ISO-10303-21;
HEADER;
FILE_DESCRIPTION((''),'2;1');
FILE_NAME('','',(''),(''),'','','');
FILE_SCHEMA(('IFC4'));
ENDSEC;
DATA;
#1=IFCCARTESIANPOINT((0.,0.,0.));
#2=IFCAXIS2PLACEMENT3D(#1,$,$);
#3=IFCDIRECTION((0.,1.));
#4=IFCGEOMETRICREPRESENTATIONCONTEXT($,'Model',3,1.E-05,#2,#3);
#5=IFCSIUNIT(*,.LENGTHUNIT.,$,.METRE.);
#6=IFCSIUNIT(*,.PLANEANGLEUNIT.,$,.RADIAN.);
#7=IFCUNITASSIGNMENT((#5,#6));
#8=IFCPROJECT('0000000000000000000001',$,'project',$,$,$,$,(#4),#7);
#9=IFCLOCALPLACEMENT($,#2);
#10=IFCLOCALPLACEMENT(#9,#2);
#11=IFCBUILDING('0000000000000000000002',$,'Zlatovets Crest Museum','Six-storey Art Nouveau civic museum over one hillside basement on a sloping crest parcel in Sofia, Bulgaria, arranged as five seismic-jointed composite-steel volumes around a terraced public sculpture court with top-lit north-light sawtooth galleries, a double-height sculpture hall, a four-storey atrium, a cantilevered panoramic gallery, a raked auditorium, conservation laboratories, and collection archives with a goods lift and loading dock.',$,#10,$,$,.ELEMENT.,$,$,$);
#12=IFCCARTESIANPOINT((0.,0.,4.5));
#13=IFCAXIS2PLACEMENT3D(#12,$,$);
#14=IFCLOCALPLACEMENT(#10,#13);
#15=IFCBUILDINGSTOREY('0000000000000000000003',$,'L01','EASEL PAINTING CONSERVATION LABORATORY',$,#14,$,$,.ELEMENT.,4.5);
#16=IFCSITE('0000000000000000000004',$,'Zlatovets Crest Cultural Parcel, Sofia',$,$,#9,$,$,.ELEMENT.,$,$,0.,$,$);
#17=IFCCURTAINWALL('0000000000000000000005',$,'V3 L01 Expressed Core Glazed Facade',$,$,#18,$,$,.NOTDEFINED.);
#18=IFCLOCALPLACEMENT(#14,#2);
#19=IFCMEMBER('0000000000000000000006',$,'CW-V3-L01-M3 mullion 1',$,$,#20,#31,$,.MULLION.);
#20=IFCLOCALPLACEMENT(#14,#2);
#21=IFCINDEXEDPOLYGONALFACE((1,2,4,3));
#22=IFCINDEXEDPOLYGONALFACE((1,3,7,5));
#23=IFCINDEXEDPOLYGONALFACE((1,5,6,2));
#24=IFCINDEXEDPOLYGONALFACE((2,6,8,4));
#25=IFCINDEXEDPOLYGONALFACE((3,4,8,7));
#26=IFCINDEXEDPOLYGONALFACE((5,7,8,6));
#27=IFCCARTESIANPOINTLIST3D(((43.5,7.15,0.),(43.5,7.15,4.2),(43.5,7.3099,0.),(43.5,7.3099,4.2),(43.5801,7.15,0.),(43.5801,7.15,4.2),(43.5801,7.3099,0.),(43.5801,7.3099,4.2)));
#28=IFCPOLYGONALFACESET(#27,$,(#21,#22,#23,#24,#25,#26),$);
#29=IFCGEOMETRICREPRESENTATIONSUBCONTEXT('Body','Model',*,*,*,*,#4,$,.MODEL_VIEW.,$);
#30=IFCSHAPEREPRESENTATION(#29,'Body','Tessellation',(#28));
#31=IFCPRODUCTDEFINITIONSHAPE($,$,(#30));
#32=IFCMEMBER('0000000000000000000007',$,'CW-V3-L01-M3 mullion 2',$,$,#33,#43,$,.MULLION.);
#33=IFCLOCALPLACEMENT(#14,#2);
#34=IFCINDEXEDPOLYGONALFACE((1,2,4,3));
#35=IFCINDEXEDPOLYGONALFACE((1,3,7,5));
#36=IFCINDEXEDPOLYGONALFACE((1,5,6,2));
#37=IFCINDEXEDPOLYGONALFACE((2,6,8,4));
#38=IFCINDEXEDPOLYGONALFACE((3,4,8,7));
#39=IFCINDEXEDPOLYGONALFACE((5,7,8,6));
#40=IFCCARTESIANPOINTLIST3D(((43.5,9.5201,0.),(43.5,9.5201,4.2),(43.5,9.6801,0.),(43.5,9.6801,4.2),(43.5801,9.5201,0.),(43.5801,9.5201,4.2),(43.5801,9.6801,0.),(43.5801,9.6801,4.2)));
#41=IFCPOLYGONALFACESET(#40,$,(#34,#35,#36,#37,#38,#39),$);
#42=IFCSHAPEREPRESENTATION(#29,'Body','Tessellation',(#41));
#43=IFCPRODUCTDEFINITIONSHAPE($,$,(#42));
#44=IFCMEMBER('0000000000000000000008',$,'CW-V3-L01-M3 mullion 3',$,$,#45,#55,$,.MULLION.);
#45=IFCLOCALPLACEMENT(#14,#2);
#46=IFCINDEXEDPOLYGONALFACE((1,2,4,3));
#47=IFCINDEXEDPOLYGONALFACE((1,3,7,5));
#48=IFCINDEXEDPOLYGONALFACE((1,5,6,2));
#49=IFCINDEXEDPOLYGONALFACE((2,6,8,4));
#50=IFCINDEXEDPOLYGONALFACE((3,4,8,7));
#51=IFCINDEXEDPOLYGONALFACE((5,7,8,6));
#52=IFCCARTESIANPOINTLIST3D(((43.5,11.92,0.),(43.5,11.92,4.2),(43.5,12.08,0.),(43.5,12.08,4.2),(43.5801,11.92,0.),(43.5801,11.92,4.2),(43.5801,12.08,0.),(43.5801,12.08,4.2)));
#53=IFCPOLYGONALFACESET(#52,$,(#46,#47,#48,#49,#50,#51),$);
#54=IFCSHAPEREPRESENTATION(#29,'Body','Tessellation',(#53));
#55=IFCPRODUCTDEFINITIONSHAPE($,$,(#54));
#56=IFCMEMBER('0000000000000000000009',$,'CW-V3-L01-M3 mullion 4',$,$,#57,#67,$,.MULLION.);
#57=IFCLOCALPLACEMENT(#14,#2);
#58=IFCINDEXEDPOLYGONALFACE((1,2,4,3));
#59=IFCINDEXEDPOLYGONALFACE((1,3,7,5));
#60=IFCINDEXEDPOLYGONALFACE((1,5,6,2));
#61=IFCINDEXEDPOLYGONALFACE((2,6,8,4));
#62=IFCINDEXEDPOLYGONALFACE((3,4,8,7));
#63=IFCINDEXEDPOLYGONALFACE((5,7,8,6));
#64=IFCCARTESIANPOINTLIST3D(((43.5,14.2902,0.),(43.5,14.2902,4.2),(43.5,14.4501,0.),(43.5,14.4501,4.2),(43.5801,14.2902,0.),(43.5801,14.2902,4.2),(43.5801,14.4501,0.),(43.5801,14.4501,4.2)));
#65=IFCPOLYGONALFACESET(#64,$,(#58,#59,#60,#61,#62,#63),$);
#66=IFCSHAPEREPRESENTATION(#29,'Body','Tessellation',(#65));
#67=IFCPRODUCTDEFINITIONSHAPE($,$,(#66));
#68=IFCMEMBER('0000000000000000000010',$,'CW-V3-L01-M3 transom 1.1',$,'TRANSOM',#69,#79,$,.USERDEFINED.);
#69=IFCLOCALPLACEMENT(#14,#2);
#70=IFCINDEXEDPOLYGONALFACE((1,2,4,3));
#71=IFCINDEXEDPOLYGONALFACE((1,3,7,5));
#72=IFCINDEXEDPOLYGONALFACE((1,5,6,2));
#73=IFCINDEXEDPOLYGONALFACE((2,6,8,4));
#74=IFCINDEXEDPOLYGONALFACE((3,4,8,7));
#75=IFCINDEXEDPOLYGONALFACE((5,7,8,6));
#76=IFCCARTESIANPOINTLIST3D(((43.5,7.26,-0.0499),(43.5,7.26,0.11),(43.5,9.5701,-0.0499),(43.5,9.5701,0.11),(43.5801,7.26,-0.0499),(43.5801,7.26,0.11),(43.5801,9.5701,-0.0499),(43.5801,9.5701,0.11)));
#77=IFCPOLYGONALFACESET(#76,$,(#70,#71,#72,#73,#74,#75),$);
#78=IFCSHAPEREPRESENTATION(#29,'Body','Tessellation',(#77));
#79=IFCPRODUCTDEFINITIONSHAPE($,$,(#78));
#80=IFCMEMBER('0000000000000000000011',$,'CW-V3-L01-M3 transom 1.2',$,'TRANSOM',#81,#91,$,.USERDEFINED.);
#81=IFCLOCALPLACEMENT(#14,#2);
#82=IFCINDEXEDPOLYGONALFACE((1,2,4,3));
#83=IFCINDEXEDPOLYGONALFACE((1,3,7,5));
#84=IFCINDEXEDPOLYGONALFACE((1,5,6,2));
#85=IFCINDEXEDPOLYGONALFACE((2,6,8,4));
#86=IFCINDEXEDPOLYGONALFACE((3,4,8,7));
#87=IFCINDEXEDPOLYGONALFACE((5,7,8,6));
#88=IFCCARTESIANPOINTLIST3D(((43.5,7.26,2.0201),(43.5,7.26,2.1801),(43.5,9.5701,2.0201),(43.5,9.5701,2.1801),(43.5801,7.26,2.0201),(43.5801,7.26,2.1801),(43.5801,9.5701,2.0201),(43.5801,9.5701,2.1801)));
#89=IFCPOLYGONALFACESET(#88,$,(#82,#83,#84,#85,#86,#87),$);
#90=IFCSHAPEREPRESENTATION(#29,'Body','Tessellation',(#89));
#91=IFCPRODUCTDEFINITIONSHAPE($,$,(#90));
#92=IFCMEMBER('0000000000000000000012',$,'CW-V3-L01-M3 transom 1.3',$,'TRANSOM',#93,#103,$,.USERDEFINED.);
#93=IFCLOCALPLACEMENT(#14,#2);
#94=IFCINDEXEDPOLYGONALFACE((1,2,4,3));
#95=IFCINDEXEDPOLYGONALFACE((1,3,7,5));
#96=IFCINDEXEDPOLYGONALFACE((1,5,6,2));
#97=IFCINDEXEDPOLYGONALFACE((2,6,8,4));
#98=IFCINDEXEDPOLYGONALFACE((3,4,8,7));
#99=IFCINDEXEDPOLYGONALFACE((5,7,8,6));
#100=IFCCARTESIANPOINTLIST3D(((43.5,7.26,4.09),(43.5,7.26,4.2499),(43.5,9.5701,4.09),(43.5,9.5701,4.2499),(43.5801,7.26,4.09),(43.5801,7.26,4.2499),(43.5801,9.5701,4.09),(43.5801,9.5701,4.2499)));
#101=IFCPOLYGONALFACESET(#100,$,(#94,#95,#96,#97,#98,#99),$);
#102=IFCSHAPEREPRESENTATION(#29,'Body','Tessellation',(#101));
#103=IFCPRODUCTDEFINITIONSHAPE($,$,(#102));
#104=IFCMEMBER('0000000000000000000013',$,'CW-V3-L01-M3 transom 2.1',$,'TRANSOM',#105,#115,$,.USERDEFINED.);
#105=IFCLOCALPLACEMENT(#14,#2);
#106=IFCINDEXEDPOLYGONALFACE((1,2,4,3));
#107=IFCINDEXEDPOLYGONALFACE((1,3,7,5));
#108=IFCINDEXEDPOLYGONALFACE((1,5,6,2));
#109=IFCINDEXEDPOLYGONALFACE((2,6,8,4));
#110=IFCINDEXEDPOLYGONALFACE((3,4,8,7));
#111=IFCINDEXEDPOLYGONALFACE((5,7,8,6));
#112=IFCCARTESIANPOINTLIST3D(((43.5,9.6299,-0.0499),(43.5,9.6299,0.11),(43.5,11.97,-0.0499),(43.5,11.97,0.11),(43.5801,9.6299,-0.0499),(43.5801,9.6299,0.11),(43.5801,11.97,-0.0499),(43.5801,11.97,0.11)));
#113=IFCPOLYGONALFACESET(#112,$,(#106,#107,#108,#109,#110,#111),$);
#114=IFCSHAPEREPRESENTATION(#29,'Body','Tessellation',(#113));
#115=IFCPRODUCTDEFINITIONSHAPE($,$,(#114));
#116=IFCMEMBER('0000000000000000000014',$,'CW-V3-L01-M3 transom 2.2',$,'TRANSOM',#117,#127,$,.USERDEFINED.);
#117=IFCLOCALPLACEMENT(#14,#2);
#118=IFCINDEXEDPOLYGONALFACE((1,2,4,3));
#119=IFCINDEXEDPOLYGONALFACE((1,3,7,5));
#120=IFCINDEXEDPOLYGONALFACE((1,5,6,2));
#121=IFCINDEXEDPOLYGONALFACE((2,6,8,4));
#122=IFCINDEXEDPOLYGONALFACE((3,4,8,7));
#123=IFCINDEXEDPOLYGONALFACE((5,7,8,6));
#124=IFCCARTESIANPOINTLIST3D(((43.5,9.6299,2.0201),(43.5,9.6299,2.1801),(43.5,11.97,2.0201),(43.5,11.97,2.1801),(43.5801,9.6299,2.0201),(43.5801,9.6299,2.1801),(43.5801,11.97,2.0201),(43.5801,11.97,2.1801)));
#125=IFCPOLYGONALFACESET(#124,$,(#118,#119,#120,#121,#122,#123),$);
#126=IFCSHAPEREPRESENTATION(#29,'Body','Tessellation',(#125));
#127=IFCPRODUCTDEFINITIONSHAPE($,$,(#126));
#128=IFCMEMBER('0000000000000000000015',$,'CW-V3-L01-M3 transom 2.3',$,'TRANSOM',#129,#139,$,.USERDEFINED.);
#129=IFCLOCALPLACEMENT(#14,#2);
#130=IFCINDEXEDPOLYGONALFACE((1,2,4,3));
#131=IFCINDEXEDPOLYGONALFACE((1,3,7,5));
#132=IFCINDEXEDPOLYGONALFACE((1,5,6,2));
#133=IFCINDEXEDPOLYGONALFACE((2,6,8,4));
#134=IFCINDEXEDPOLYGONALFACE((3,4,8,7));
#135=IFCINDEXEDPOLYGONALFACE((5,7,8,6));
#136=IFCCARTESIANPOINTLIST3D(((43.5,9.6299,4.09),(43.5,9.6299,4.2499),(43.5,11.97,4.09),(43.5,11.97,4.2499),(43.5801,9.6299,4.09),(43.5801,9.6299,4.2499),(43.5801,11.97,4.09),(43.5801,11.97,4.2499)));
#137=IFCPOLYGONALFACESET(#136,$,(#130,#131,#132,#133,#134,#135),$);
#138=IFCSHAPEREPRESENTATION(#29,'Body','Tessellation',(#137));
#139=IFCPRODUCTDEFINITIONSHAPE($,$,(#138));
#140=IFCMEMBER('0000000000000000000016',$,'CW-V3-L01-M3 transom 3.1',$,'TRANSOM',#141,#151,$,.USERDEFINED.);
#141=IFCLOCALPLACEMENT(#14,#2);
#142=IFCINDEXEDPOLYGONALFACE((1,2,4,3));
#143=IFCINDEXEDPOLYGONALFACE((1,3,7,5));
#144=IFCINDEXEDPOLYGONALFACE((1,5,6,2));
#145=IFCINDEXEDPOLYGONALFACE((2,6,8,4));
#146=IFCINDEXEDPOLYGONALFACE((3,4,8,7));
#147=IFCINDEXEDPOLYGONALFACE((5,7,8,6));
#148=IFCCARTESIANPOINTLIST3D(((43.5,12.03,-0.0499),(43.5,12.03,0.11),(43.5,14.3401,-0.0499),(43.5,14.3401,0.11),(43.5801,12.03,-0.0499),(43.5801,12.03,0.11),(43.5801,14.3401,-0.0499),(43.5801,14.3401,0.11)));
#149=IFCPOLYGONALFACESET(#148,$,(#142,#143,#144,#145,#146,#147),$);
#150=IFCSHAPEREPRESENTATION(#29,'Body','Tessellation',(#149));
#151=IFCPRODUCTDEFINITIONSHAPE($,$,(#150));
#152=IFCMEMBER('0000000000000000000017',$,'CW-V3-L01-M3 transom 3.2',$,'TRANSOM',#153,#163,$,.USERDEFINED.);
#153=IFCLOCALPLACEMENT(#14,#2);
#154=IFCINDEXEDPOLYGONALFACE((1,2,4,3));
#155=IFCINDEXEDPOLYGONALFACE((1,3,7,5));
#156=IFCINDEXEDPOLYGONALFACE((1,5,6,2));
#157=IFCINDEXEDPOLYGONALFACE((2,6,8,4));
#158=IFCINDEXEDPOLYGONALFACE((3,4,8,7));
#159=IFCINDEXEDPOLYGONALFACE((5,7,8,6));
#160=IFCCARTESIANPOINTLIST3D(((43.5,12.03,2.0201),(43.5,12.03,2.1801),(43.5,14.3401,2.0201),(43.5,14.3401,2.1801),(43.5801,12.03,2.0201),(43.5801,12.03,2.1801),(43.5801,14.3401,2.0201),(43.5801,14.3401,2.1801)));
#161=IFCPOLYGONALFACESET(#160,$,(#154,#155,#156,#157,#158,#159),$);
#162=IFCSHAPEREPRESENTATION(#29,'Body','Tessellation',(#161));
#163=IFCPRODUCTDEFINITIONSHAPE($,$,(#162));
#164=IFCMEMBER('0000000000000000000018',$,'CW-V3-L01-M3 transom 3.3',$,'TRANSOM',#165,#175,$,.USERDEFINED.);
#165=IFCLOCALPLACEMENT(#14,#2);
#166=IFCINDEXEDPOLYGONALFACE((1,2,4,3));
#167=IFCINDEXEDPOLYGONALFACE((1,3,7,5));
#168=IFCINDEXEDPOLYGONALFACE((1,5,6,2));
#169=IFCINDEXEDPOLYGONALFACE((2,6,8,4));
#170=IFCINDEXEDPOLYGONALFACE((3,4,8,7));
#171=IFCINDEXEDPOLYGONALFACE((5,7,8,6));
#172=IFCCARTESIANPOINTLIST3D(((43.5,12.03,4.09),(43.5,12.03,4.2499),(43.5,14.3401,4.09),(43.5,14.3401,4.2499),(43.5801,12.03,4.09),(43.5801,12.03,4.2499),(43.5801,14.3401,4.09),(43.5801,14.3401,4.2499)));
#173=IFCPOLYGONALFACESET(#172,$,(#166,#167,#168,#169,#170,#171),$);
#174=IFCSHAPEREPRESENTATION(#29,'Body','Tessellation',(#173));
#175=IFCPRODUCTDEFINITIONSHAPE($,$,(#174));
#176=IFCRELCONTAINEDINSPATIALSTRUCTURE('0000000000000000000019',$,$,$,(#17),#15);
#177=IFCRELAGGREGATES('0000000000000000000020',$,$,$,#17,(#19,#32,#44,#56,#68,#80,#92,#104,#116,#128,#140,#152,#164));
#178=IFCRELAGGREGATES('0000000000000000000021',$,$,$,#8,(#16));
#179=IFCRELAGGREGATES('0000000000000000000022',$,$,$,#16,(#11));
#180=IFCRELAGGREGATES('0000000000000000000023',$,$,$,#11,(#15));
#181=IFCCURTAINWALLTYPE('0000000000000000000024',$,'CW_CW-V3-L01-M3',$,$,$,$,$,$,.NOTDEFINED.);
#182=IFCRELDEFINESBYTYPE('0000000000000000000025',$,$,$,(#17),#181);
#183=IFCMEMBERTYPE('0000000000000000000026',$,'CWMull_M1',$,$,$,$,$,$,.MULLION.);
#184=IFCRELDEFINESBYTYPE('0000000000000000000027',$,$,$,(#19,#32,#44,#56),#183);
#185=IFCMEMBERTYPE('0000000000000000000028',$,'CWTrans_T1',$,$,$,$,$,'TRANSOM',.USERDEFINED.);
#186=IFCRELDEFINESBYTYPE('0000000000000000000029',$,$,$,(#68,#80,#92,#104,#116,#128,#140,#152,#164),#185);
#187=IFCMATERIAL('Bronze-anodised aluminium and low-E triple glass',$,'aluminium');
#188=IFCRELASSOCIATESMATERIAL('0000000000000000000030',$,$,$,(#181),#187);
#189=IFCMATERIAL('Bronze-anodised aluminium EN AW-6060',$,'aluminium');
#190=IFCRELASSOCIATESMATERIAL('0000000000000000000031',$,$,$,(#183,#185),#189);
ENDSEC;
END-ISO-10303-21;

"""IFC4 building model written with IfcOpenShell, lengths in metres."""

from ifc_helpers import new_model, si_unit, direction, frame, origin, origin_2d, place, context, subcontext, project, spatial, rectangle, extrude, material, material_profile, profile_set, type_object, element, aggregate, save


model = new_model("IFC4")

# Units and contexts
model_context = context("Model", 3, precision=1e-05, world=origin(), true_north=direction((0.0, 1.0)))
body_context = subcontext(model_context, "Body", "Model", "MODEL_VIEW")
ifc_project = project(units=[si_unit("LENGTHUNIT", "METRE"), si_unit("PLANEANGLEUNIT", "RADIAN")], contexts=[model_context])

# Site, building, storey
site_placement = place(None, origin())
site = spatial("IfcSite", under=ifc_project, at=site_placement, Name="Zlatovets Crest Cultural Parcel, Sofia", CompositionType="ELEMENT", RefElevation=0.0)
building_placement = place(site_placement, origin())
building = spatial("IfcBuilding", under=site, at=building_placement, Name="Zlatovets Crest Museum", Description="Six-storey Art Nouveau civic museum over one hillside basement on a sloping crest parcel in Sofia, Bulgaria, arranged as five seismic-jointed composite-steel volumes around a terraced public sculpture court with top-lit north-light sawtooth galleries, a double-height sculpture hall, a four-storey atrium, a cantilevered panoramic gallery, a raked auditorium, conservation laboratories, and collection archives with a goods lift and loading dock.", CompositionType="ELEMENT")
storey_placement = place(building_placement, frame((0.0, 0.0, 4.5)))
storey = spatial("IfcBuildingStorey", under=building, at=storey_placement, Name="L01", Description="EASEL PAINTING CONSERVATION LABORATORY", CompositionType="ELEMENT", Elevation=4.5)

# Curtain wall, members
ifc_material_1 = material(Name="Bronze-anodised aluminium and low-E triple glass", Category="aluminium")
curtain_wall_type = type_object("IfcCurtainWallType", Name="CW_CW-V3-L01-M3", PredefinedType="NOTDEFINED", material=ifc_material_1)
curtain_wall_placement = place(storey_placement, origin())
curtain_wall = element("IfcCurtainWall", 1, at=curtain_wall_placement, inside=storey, type_object=curtain_wall_type, Name="V3 L01 Expressed Core Glazed Facade", PredefinedType="NOTDEFINED")
ifc_material_2 = material(Name="Bronze-anodised aluminium EN AW-6060", Category="aluminium")
ifc_material_profile_1 = material_profile(ifc_material_2, rectangle(XDim=0.0801, YDim=0.1599, at=origin_2d()), Name="ALU 80x160")
ifc_profile_set_1 = profile_set([ifc_material_profile_1], Name="Bronze-anodised aluminium EN AW-6060")
member_type_1 = type_object("IfcMemberType", Name="CWMull_M1", PredefinedType="MULLION", material=ifc_profile_set_1)
member_1_placement = place(storey_placement, frame((43.54, 7.23, 0.0), z_axis=(0.0, 0.0, 1.0), x_axis=(-1.0, 0.0, 0.0)))
member_1 = element("IfcMember", 2, at=member_1_placement, type_object=member_type_1, Name="CW-V3-L01-M3 mullion 1", PredefinedType="MULLION", context=body_context, shape_type="SweptSolid", body=[
    extrude(rectangle(XDim=0.0801, YDim=0.1599, at=origin_2d()), origin(), (0.0, 0.0, 1.0), 4.2),
])
member_2_placement = place(storey_placement, frame((43.54, 9.6001, 0.0), z_axis=(0.0, 0.0, 1.0), x_axis=(-1.0, 0.0, 0.0)))
member_2 = element("IfcMember", 3, at=member_2_placement, type_object=member_type_1, Name="CW-V3-L01-M3 mullion 2", PredefinedType="MULLION", context=body_context, shape_type="SweptSolid", body=[
    extrude(rectangle(XDim=0.0801, YDim=0.1599, at=origin_2d()), origin(), (0.0, 0.0, 1.0), 4.2),
])
member_3_placement = place(storey_placement, frame((43.54, 12.0, 0.0), z_axis=(0.0, 0.0, 1.0), x_axis=(-1.0, 0.0, 0.0)))
member_3 = element("IfcMember", 4, at=member_3_placement, type_object=member_type_1, Name="CW-V3-L01-M3 mullion 3", PredefinedType="MULLION", context=body_context, shape_type="SweptSolid", body=[
    extrude(rectangle(XDim=0.0801, YDim=0.1599, at=origin_2d()), origin(), (0.0, 0.0, 1.0), 4.2),
])
member_4_placement = place(storey_placement, frame((43.54, 14.3701, 0.0), z_axis=(0.0, 0.0, 1.0), x_axis=(-1.0, 0.0, 0.0)))
member_4 = element("IfcMember", 5, at=member_4_placement, type_object=member_type_1, Name="CW-V3-L01-M3 mullion 4", PredefinedType="MULLION", context=body_context, shape_type="SweptSolid", body=[
    extrude(rectangle(XDim=0.0801, YDim=0.1599, at=origin_2d()), origin(), (0.0, 0.0, 1.0), 4.2),
])
ifc_material_profile_2 = material_profile(ifc_material_2, rectangle(XDim=0.0801, YDim=0.1599, at=origin_2d()), Name="ALU 80x160")
ifc_profile_set_2 = profile_set([ifc_material_profile_2], Name="Bronze-anodised aluminium EN AW-6060")
member_type_2 = type_object("IfcMemberType", Name="CWTrans_T1", ElementType="TRANSOM", PredefinedType="USERDEFINED", material=ifc_profile_set_2)
member_5_placement = place(storey_placement, frame((43.54, 7.26, 0.03), z_axis=(0.0, 1.0, 0.0), x_axis=(-1.0, 0.0, 0.0)))
member_5 = element("IfcMember", 6, at=member_5_placement, type_object=member_type_2, Name="CW-V3-L01-M3 transom 1.1", ObjectType="TRANSOM", PredefinedType="USERDEFINED", context=body_context, shape_type="SweptSolid", body=[
    extrude(rectangle(XDim=0.0801, YDim=0.1599, at=origin_2d()), origin(), (0.0, 0.0, 1.0), 2.3101),
])
member_6_placement = place(storey_placement, frame((43.54, 7.26, 2.1001), z_axis=(0.0, 1.0, 0.0), x_axis=(-1.0, 0.0, 0.0)))
member_6 = element("IfcMember", 7, at=member_6_placement, type_object=member_type_2, Name="CW-V3-L01-M3 transom 1.2", ObjectType="TRANSOM", PredefinedType="USERDEFINED", context=body_context, shape_type="SweptSolid", body=[
    extrude(rectangle(XDim=0.0801, YDim=0.1599, at=origin_2d()), origin(), (0.0, 0.0, 1.0), 2.3101),
])
member_7_placement = place(storey_placement, frame((43.54, 7.26, 4.1699), z_axis=(0.0, 1.0, 0.0), x_axis=(-1.0, 0.0, 0.0)))
member_7 = element("IfcMember", 8, at=member_7_placement, type_object=member_type_2, Name="CW-V3-L01-M3 transom 1.3", ObjectType="TRANSOM", PredefinedType="USERDEFINED", context=body_context, shape_type="SweptSolid", body=[
    extrude(rectangle(XDim=0.0801, YDim=0.1599, at=origin_2d()), origin(), (0.0, 0.0, 1.0), 2.3101),
])
member_8_placement = place(storey_placement, frame((43.54, 9.6299, 0.03), z_axis=(0.0, 1.0, 0.0), x_axis=(-1.0, 0.0, 0.0)))
member_8 = element("IfcMember", 9, at=member_8_placement, type_object=member_type_2, Name="CW-V3-L01-M3 transom 2.1", ObjectType="TRANSOM", PredefinedType="USERDEFINED", context=body_context, shape_type="SweptSolid", body=[
    extrude(rectangle(XDim=0.0801, YDim=0.1599, at=origin_2d()), origin(), (0.0, 0.0, 1.0), 2.3401),
])
member_9_placement = place(storey_placement, frame((43.54, 9.6299, 2.1001), z_axis=(0.0, 1.0, 0.0), x_axis=(-1.0, 0.0, 0.0)))
member_9 = element("IfcMember", 10, at=member_9_placement, type_object=member_type_2, Name="CW-V3-L01-M3 transom 2.2", ObjectType="TRANSOM", PredefinedType="USERDEFINED", context=body_context, shape_type="SweptSolid", body=[
    extrude(rectangle(XDim=0.0801, YDim=0.1599, at=origin_2d()), origin(), (0.0, 0.0, 1.0), 2.3401),
])
member_10_placement = place(storey_placement, frame((43.54, 9.6299, 4.1699), z_axis=(0.0, 1.0, 0.0), x_axis=(-1.0, 0.0, 0.0)))
member_10 = element("IfcMember", 11, at=member_10_placement, type_object=member_type_2, Name="CW-V3-L01-M3 transom 2.3", ObjectType="TRANSOM", PredefinedType="USERDEFINED", context=body_context, shape_type="SweptSolid", body=[
    extrude(rectangle(XDim=0.0801, YDim=0.1599, at=origin_2d()), origin(), (0.0, 0.0, 1.0), 2.3401),
])
member_11_placement = place(storey_placement, frame((43.54, 12.03, 0.03), z_axis=(0.0, 1.0, 0.0), x_axis=(-1.0, 0.0, 0.0)))
member_11 = element("IfcMember", 12, at=member_11_placement, type_object=member_type_2, Name="CW-V3-L01-M3 transom 3.1", ObjectType="TRANSOM", PredefinedType="USERDEFINED", context=body_context, shape_type="SweptSolid", body=[
    extrude(rectangle(XDim=0.0801, YDim=0.1599, at=origin_2d()), origin(), (0.0, 0.0, 1.0), 2.3101),
])
member_12_placement = place(storey_placement, frame((43.54, 12.03, 2.1001), z_axis=(0.0, 1.0, 0.0), x_axis=(-1.0, 0.0, 0.0)))
member_12 = element("IfcMember", 13, at=member_12_placement, type_object=member_type_2, Name="CW-V3-L01-M3 transom 3.2", ObjectType="TRANSOM", PredefinedType="USERDEFINED", context=body_context, shape_type="SweptSolid", body=[
    extrude(rectangle(XDim=0.0801, YDim=0.1599, at=origin_2d()), origin(), (0.0, 0.0, 1.0), 2.3101),
])
member_13_placement = place(storey_placement, frame((43.54, 12.03, 4.1699), z_axis=(0.0, 1.0, 0.0), x_axis=(-1.0, 0.0, 0.0)))
member_13 = element("IfcMember", 14, at=member_13_placement, type_object=member_type_2, Name="CW-V3-L01-M3 transom 3.3", ObjectType="TRANSOM", PredefinedType="USERDEFINED", context=body_context, shape_type="SweptSolid", body=[
    extrude(rectangle(XDim=0.0801, YDim=0.1599, at=origin_2d()), origin(), (0.0, 0.0, 1.0), 2.3101),
])

aggregate(curtain_wall, [member_1, member_2, member_3, member_4, member_5, member_6, member_7, member_8, member_9, member_10, member_11, member_12, member_13])

save(model, "model.ifc")
